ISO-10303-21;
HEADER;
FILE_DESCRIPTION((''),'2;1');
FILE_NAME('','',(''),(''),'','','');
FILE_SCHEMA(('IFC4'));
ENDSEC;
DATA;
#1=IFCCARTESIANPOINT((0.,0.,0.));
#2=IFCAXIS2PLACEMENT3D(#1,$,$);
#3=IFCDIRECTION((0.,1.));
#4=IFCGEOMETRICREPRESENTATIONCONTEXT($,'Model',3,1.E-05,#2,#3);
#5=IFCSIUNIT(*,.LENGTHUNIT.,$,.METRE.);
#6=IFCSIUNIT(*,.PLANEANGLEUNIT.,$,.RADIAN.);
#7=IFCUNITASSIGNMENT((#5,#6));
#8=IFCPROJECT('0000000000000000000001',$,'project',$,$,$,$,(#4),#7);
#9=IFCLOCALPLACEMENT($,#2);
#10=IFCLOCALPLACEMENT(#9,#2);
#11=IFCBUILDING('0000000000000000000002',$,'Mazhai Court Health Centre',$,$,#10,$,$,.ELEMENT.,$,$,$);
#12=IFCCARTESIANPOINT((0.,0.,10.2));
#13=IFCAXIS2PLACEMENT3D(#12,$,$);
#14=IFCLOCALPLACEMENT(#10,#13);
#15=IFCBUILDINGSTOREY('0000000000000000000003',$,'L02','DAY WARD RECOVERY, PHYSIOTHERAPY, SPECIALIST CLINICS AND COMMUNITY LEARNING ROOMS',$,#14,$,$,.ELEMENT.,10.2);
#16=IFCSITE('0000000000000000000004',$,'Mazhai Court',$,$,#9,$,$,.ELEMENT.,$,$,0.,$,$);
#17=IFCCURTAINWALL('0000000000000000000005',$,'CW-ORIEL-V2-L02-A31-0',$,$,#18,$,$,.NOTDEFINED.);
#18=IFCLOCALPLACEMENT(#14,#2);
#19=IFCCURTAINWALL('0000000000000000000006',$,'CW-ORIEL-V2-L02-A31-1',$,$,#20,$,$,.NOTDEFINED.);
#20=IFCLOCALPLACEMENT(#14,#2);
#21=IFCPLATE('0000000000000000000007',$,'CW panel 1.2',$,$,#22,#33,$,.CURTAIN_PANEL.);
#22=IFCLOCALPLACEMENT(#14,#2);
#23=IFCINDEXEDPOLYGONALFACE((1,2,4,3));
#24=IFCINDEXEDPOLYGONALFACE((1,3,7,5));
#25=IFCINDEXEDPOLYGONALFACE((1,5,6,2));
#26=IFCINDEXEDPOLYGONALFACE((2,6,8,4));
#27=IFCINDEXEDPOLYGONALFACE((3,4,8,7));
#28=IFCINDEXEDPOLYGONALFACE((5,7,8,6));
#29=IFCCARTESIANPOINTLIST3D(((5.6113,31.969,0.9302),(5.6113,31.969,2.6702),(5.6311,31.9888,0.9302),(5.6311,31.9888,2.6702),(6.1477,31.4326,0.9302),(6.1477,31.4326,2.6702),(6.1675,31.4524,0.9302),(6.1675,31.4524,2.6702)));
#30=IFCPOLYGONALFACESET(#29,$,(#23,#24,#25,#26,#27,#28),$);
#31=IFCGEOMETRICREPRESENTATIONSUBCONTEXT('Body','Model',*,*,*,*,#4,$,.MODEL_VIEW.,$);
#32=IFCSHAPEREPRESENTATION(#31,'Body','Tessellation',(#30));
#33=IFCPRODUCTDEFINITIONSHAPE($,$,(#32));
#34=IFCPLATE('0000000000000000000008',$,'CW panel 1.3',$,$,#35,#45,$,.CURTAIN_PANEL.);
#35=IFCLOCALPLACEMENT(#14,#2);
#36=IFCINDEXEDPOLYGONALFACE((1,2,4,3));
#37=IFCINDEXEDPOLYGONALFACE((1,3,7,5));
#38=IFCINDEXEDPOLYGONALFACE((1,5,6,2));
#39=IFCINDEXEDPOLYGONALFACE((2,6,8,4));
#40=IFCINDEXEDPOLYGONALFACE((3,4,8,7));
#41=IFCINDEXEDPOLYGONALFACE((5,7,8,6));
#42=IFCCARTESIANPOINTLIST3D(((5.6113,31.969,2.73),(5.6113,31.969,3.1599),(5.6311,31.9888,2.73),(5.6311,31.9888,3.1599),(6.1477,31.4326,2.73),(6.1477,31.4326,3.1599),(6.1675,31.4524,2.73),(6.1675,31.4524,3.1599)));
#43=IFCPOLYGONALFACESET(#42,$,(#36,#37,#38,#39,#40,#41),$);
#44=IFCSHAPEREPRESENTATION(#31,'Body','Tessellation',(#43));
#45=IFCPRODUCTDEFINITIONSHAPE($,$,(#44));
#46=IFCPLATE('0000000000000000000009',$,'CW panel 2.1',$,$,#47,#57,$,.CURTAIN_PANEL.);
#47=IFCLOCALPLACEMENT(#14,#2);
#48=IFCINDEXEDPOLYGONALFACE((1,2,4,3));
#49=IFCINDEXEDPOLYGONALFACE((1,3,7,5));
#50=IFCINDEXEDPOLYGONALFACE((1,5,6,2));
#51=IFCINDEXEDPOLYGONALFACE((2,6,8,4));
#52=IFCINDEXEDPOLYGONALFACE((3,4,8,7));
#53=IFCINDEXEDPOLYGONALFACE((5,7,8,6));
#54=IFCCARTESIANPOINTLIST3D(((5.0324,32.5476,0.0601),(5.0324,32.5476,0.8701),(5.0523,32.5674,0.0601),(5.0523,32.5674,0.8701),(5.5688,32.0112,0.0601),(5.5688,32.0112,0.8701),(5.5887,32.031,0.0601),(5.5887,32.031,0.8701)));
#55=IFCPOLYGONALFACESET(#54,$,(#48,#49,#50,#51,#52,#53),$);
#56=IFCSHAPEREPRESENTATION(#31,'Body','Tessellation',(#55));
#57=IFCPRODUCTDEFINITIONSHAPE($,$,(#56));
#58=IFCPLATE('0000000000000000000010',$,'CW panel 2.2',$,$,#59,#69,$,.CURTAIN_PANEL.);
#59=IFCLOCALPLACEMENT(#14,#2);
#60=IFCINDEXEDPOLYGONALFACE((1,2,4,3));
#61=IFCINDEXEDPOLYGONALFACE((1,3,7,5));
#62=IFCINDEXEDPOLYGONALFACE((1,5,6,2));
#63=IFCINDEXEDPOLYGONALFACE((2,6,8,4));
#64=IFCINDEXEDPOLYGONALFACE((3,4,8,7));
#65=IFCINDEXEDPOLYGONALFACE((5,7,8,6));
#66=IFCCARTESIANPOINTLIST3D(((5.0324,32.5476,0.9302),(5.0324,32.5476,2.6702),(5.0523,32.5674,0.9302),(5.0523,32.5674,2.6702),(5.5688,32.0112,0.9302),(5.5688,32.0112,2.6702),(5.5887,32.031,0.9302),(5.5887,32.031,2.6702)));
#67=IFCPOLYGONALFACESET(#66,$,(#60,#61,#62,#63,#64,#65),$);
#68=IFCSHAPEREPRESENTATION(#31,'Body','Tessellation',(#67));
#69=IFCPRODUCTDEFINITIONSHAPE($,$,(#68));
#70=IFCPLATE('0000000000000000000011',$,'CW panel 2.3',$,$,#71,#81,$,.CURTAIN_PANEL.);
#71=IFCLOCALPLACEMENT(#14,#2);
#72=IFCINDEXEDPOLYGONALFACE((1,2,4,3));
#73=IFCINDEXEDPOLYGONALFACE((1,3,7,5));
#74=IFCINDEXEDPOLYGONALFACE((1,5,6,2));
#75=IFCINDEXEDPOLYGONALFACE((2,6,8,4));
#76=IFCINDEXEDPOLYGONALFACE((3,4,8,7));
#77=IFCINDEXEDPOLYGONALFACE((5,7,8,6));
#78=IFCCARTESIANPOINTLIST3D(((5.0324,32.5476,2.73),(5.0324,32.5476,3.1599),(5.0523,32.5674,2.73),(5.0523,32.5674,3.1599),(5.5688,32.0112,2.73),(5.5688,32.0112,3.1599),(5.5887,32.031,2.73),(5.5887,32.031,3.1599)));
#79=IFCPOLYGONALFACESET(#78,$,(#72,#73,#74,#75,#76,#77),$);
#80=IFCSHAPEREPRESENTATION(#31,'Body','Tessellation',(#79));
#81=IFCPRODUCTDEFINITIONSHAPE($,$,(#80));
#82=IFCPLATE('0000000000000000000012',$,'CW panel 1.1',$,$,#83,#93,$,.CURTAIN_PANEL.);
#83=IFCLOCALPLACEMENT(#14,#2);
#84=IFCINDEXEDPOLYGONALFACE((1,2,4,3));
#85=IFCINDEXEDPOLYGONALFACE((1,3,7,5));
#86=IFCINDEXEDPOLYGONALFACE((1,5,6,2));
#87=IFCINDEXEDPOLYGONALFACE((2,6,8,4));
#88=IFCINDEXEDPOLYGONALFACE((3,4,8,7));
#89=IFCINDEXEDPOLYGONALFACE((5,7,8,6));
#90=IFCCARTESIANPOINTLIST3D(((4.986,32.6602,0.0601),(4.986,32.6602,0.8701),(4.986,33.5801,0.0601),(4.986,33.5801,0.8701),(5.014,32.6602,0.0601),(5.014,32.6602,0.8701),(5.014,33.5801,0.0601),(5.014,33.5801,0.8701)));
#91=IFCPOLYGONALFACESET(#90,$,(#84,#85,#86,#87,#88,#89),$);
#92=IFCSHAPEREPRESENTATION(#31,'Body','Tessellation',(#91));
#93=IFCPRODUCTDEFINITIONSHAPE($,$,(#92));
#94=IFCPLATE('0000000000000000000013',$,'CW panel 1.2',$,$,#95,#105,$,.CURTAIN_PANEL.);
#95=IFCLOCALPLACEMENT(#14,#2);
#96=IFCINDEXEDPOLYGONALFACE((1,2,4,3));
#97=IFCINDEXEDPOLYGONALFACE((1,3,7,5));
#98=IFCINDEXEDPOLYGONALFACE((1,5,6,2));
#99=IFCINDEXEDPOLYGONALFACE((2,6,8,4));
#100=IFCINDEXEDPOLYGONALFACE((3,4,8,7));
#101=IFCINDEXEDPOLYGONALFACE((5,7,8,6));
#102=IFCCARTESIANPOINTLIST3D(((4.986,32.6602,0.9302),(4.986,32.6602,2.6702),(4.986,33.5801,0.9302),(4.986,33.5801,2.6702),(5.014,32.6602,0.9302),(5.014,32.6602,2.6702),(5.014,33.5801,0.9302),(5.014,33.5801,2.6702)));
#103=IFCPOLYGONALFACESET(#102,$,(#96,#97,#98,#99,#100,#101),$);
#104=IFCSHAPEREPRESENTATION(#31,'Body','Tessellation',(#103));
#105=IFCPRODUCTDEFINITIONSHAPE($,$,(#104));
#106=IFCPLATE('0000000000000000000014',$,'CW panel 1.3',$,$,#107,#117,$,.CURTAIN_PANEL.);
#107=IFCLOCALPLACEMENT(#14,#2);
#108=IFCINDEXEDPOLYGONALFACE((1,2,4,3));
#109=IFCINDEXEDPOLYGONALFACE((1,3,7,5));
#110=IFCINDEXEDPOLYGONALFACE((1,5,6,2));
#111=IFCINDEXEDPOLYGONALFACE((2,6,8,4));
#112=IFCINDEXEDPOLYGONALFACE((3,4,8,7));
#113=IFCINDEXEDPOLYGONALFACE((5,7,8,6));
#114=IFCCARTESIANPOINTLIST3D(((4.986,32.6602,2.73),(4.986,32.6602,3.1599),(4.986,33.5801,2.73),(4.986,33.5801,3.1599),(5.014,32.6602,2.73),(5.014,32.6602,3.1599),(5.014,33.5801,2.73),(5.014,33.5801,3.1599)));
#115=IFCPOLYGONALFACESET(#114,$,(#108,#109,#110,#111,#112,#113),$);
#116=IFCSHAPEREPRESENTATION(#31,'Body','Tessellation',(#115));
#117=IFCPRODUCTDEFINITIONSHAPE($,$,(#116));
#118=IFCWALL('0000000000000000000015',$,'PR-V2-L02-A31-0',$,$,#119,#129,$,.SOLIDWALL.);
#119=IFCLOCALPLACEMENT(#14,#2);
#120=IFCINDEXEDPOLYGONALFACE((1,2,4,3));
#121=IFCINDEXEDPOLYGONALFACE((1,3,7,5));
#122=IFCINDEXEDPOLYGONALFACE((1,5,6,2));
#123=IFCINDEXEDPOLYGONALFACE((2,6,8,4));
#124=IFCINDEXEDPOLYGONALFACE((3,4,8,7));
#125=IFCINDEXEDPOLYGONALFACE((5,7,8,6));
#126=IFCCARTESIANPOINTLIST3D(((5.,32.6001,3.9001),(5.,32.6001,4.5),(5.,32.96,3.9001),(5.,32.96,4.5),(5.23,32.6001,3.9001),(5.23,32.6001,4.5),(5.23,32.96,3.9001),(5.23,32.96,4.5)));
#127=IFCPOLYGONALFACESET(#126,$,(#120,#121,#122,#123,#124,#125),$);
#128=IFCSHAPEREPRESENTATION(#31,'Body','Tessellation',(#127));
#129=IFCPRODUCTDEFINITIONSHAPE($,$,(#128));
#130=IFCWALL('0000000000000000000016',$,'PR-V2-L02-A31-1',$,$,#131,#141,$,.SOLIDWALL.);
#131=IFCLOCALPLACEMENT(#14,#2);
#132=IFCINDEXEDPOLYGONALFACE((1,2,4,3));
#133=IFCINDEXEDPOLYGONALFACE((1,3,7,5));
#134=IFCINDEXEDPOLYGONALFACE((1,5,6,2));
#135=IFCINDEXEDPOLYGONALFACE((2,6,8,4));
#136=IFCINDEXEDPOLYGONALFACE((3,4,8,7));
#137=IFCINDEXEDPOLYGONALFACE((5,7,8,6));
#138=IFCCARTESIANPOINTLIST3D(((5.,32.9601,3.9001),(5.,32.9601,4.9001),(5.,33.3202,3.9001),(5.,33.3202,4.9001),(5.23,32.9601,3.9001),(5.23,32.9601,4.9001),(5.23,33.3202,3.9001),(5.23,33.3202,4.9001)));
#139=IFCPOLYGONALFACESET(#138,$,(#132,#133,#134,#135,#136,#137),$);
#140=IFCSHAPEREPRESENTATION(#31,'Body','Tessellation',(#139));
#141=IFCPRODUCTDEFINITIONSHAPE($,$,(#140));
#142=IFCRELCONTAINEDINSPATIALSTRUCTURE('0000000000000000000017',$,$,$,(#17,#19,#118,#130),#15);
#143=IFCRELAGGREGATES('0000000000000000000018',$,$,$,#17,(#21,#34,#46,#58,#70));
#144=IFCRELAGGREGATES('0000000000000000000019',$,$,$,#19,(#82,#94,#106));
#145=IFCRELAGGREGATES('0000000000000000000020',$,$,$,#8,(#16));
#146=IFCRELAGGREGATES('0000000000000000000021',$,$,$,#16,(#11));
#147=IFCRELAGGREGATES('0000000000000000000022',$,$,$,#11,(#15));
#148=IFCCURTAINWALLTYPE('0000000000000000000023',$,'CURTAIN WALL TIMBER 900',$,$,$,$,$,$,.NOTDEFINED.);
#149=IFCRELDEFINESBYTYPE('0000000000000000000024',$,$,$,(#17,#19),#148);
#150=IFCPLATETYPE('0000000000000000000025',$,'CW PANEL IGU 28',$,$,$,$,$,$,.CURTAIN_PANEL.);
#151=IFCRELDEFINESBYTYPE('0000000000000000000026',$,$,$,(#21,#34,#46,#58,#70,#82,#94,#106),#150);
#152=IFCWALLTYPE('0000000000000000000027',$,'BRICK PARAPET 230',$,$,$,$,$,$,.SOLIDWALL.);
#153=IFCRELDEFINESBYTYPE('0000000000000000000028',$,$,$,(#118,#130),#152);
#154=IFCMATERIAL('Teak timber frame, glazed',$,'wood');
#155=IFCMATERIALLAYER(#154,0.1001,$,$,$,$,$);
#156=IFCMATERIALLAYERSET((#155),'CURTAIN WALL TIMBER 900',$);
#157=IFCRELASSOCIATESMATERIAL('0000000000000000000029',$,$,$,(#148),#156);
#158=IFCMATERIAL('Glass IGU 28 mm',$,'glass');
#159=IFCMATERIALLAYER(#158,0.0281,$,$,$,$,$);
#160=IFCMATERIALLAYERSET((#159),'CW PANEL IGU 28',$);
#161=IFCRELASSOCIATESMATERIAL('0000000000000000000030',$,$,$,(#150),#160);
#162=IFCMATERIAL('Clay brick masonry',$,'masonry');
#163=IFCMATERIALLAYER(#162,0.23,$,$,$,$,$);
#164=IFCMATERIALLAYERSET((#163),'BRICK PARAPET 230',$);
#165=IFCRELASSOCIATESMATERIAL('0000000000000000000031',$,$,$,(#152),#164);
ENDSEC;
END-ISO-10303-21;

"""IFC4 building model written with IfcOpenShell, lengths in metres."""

from ifc_helpers import new_model, si_unit, direction, frame, frame_2d, origin, origin_2d, place, context, subcontext, project, spatial, rectangle, extrude, material, layer, layer_set, type_object, element, aggregate, save


model = new_model("IFC4")

# Units and contexts
model_context = context("Model", 3, precision=1e-05, world=origin(), true_north=direction((0.0, 1.0)))
body_context = subcontext(model_context, "Body", "Model", "MODEL_VIEW")
ifc_project = project(units=[si_unit("LENGTHUNIT", "METRE"), si_unit("PLANEANGLEUNIT", "RADIAN")], contexts=[model_context])

# Site, building, storey
site_placement = place(None, origin())
site = spatial("IfcSite", under=ifc_project, at=site_placement, Name="Mazhai Court", CompositionType="ELEMENT", RefElevation=0.0)
building_placement = place(site_placement, origin())
building = spatial("IfcBuilding", under=site, at=building_placement, Name="Mazhai Court Health Centre", CompositionType="ELEMENT")
storey_placement = place(building_placement, frame((0.0, 0.0, 10.2)))
storey = spatial("IfcBuildingStorey", under=building, at=storey_placement, Name="L02", Description="DAY WARD RECOVERY, PHYSIOTHERAPY, SPECIALIST CLINICS AND COMMUNITY LEARNING ROOMS", CompositionType="ELEMENT", Elevation=10.2)

# Curtain wall
ifc_material_1 = material(Name="Teak timber frame, glazed", Category="wood")
ifc_layer_1 = layer(ifc_material_1, 0.1001)
ifc_layer_set_1 = layer_set([ifc_layer_1], Name="CURTAIN WALL TIMBER 900")
curtain_wall_type = type_object("IfcCurtainWallType", Name="CURTAIN WALL TIMBER 900", PredefinedType="NOTDEFINED", material=ifc_layer_set_1)
curtain_wall_1_placement = place(storey_placement, origin())
curtain_wall_1 = element("IfcCurtainWall", 1, at=curtain_wall_1_placement, inside=storey, type_object=curtain_wall_type, Name="CW-ORIEL-V2-L02-A31-0", PredefinedType="NOTDEFINED")

# Curtain wall
curtain_wall_2_placement = place(storey_placement, origin())
curtain_wall_2 = element("IfcCurtainWall", 2, at=curtain_wall_2_placement, inside=storey, type_object=curtain_wall_type, Name="CW-ORIEL-V2-L02-A31-1", PredefinedType="NOTDEFINED")

# Plates
ifc_material_2 = material(Name="Glass IGU 28 mm", Category="glass")
ifc_layer_2 = layer(ifc_material_2, 0.0281)
ifc_layer_set_2 = layer_set([ifc_layer_2], Name="CW PANEL IGU 28")
plate_type = type_object("IfcPlateType", Name="CW PANEL IGU 28", PredefinedType="CURTAIN_PANEL", material=ifc_layer_set_2)
plate_1_placement = place(storey_placement, frame((5.8894, 31.7107, 0.9302), z_axis=(0.0, 0.0, 1.0), x_axis=(-0.707107, 0.707107, 0.0)))
plate_1 = element("IfcPlate", 3, at=plate_1_placement, type_object=plate_type, Name="CW panel 1.2", PredefinedType="CURTAIN_PANEL", context=body_context, shape_type="SweptSolid", body=[
    extrude(rectangle(XDim=0.7585, YDim=0.0281, at=origin_2d()), origin(), (0.0, 0.0, 1.0), 1.74),
])
plate_2_placement = place(storey_placement, frame((5.8894, 31.7107, 2.73), z_axis=(0.0, 0.0, 1.0), x_axis=(-0.707107, 0.707107, 0.0)))
plate_2 = element("IfcPlate", 4, at=plate_2_placement, type_object=plate_type, Name="CW panel 1.3", PredefinedType="CURTAIN_PANEL", context=body_context, shape_type="SweptSolid", body=[
    extrude(rectangle(XDim=0.7585, YDim=0.0281, at=origin_2d()), origin(), (0.0, 0.0, 1.0), 0.4299),
])
plate_3_placement = place(storey_placement, frame((5.3105, 32.2893, 0.0601), z_axis=(0.0, 0.0, 1.0), x_axis=(-0.707107, 0.707107, 0.0)))
plate_3 = element("IfcPlate", 5, at=plate_3_placement, type_object=plate_type, Name="CW panel 2.1", PredefinedType="CURTAIN_PANEL", context=body_context, shape_type="SweptSolid", body=[
    extrude(rectangle(XDim=0.7585, YDim=0.0281, at=origin_2d()), origin(), (0.0, 0.0, 1.0), 0.8101),
])
plate_4_placement = place(storey_placement, frame((5.3105, 32.2893, 0.9302), z_axis=(0.0, 0.0, 1.0), x_axis=(-0.707107, 0.707107, 0.0)))
plate_4 = element("IfcPlate", 6, at=plate_4_placement, type_object=plate_type, Name="CW panel 2.2", PredefinedType="CURTAIN_PANEL", context=body_context, shape_type="SweptSolid", body=[
    extrude(rectangle(XDim=0.7585, YDim=0.0281, at=origin_2d()), origin(), (0.0, 0.0, 1.0), 1.74),
])
plate_5_placement = place(storey_placement, frame((5.3105, 32.2893, 2.73), z_axis=(0.0, 0.0, 1.0), x_axis=(-0.707107, 0.707107, 0.0)))
plate_5 = element("IfcPlate", 7, at=plate_5_placement, type_object=plate_type, Name="CW panel 2.3", PredefinedType="CURTAIN_PANEL", context=body_context, shape_type="SweptSolid", body=[
    extrude(rectangle(XDim=0.7585, YDim=0.0281, at=origin_2d()), origin(), (0.0, 0.0, 1.0), 0.4299),
])
aggregate(curtain_wall_1, [plate_1, plate_2, plate_3, plate_4, plate_5])
plate_6_placement = place(storey_placement, frame((5.0, 33.1201, 0.0601), z_axis=(0.0, 0.0, 1.0), x_axis=(0.0, 1.0, 0.0)))
plate_6 = element("IfcPlate", 8, at=plate_6_placement, type_object=plate_type, Name="CW panel 1.1", PredefinedType="CURTAIN_PANEL", context=body_context, shape_type="SweptSolid", body=[
    extrude(rectangle(XDim=0.9199, YDim=0.0281, at=origin_2d()), origin(), (0.0, 0.0, 1.0), 0.8101),
])
plate_7_placement = place(storey_placement, frame((5.0, 33.1201, 0.9302), z_axis=(0.0, 0.0, 1.0), x_axis=(0.0, 1.0, 0.0)))
plate_7 = element("IfcPlate", 9, at=plate_7_placement, type_object=plate_type, Name="CW panel 1.2", PredefinedType="CURTAIN_PANEL", context=body_context, shape_type="SweptSolid", body=[
    extrude(rectangle(XDim=0.9199, YDim=0.0281, at=origin_2d()), origin(), (0.0, 0.0, 1.0), 1.74),
])
plate_8_placement = place(storey_placement, frame((5.0, 33.1201, 2.73), z_axis=(0.0, 0.0, 1.0), x_axis=(0.0, 1.0, 0.0)))
plate_8 = element("IfcPlate", 10, at=plate_8_placement, type_object=plate_type, Name="CW panel 1.3", PredefinedType="CURTAIN_PANEL", context=body_context, shape_type="SweptSolid", body=[
    extrude(rectangle(XDim=0.9199, YDim=0.0281, at=origin_2d()), origin(), (0.0, 0.0, 1.0), 0.4299),
])
aggregate(curtain_wall_2, [plate_6, plate_7, plate_8])

# Walls
ifc_material_3 = material(Name="Clay brick masonry", Category="masonry")
ifc_layer_3 = layer(ifc_material_3, 0.23)
ifc_layer_set_3 = layer_set([ifc_layer_3], Name="BRICK PARAPET 230")
wall_type = type_object("IfcWallType", Name="BRICK PARAPET 230", PredefinedType="SOLIDWALL", material=ifc_layer_set_3)
wall_1_placement = place(storey_placement, frame((5.115, 32.6001, 3.9001), z_axis=(0.0, 0.0, 1.0), x_axis=(0.0, 1.0, 0.0)))
element("IfcWall", 11, at=wall_1_placement, inside=storey, type_object=wall_type, Name="PR-V2-L02-A31-0", PredefinedType="SOLIDWALL", context=body_context, shape_type="SweptSolid", body=[
    extrude(rectangle(XDim=0.3599, YDim=0.23, at=frame_2d((0.1799, 0.0))), origin(), (0.0, 0.0, 1.0), 0.5999),
])
wall_2_placement = place(storey_placement, frame((5.115, 32.96, 3.9001), z_axis=(0.0, 0.0, 1.0), x_axis=(0.0, 1.0, 0.0)))
element("IfcWall", 12, at=wall_2_placement, inside=storey, type_object=wall_type, Name="PR-V2-L02-A31-1", PredefinedType="SOLIDWALL", context=body_context, shape_type="SweptSolid", body=[
    extrude(rectangle(XDim=0.3601, YDim=0.23, at=frame_2d((0.1802, 0.0))), origin(), (0.0, 0.0, 1.0), 1.0),
])

save(model, "model.ifc")
